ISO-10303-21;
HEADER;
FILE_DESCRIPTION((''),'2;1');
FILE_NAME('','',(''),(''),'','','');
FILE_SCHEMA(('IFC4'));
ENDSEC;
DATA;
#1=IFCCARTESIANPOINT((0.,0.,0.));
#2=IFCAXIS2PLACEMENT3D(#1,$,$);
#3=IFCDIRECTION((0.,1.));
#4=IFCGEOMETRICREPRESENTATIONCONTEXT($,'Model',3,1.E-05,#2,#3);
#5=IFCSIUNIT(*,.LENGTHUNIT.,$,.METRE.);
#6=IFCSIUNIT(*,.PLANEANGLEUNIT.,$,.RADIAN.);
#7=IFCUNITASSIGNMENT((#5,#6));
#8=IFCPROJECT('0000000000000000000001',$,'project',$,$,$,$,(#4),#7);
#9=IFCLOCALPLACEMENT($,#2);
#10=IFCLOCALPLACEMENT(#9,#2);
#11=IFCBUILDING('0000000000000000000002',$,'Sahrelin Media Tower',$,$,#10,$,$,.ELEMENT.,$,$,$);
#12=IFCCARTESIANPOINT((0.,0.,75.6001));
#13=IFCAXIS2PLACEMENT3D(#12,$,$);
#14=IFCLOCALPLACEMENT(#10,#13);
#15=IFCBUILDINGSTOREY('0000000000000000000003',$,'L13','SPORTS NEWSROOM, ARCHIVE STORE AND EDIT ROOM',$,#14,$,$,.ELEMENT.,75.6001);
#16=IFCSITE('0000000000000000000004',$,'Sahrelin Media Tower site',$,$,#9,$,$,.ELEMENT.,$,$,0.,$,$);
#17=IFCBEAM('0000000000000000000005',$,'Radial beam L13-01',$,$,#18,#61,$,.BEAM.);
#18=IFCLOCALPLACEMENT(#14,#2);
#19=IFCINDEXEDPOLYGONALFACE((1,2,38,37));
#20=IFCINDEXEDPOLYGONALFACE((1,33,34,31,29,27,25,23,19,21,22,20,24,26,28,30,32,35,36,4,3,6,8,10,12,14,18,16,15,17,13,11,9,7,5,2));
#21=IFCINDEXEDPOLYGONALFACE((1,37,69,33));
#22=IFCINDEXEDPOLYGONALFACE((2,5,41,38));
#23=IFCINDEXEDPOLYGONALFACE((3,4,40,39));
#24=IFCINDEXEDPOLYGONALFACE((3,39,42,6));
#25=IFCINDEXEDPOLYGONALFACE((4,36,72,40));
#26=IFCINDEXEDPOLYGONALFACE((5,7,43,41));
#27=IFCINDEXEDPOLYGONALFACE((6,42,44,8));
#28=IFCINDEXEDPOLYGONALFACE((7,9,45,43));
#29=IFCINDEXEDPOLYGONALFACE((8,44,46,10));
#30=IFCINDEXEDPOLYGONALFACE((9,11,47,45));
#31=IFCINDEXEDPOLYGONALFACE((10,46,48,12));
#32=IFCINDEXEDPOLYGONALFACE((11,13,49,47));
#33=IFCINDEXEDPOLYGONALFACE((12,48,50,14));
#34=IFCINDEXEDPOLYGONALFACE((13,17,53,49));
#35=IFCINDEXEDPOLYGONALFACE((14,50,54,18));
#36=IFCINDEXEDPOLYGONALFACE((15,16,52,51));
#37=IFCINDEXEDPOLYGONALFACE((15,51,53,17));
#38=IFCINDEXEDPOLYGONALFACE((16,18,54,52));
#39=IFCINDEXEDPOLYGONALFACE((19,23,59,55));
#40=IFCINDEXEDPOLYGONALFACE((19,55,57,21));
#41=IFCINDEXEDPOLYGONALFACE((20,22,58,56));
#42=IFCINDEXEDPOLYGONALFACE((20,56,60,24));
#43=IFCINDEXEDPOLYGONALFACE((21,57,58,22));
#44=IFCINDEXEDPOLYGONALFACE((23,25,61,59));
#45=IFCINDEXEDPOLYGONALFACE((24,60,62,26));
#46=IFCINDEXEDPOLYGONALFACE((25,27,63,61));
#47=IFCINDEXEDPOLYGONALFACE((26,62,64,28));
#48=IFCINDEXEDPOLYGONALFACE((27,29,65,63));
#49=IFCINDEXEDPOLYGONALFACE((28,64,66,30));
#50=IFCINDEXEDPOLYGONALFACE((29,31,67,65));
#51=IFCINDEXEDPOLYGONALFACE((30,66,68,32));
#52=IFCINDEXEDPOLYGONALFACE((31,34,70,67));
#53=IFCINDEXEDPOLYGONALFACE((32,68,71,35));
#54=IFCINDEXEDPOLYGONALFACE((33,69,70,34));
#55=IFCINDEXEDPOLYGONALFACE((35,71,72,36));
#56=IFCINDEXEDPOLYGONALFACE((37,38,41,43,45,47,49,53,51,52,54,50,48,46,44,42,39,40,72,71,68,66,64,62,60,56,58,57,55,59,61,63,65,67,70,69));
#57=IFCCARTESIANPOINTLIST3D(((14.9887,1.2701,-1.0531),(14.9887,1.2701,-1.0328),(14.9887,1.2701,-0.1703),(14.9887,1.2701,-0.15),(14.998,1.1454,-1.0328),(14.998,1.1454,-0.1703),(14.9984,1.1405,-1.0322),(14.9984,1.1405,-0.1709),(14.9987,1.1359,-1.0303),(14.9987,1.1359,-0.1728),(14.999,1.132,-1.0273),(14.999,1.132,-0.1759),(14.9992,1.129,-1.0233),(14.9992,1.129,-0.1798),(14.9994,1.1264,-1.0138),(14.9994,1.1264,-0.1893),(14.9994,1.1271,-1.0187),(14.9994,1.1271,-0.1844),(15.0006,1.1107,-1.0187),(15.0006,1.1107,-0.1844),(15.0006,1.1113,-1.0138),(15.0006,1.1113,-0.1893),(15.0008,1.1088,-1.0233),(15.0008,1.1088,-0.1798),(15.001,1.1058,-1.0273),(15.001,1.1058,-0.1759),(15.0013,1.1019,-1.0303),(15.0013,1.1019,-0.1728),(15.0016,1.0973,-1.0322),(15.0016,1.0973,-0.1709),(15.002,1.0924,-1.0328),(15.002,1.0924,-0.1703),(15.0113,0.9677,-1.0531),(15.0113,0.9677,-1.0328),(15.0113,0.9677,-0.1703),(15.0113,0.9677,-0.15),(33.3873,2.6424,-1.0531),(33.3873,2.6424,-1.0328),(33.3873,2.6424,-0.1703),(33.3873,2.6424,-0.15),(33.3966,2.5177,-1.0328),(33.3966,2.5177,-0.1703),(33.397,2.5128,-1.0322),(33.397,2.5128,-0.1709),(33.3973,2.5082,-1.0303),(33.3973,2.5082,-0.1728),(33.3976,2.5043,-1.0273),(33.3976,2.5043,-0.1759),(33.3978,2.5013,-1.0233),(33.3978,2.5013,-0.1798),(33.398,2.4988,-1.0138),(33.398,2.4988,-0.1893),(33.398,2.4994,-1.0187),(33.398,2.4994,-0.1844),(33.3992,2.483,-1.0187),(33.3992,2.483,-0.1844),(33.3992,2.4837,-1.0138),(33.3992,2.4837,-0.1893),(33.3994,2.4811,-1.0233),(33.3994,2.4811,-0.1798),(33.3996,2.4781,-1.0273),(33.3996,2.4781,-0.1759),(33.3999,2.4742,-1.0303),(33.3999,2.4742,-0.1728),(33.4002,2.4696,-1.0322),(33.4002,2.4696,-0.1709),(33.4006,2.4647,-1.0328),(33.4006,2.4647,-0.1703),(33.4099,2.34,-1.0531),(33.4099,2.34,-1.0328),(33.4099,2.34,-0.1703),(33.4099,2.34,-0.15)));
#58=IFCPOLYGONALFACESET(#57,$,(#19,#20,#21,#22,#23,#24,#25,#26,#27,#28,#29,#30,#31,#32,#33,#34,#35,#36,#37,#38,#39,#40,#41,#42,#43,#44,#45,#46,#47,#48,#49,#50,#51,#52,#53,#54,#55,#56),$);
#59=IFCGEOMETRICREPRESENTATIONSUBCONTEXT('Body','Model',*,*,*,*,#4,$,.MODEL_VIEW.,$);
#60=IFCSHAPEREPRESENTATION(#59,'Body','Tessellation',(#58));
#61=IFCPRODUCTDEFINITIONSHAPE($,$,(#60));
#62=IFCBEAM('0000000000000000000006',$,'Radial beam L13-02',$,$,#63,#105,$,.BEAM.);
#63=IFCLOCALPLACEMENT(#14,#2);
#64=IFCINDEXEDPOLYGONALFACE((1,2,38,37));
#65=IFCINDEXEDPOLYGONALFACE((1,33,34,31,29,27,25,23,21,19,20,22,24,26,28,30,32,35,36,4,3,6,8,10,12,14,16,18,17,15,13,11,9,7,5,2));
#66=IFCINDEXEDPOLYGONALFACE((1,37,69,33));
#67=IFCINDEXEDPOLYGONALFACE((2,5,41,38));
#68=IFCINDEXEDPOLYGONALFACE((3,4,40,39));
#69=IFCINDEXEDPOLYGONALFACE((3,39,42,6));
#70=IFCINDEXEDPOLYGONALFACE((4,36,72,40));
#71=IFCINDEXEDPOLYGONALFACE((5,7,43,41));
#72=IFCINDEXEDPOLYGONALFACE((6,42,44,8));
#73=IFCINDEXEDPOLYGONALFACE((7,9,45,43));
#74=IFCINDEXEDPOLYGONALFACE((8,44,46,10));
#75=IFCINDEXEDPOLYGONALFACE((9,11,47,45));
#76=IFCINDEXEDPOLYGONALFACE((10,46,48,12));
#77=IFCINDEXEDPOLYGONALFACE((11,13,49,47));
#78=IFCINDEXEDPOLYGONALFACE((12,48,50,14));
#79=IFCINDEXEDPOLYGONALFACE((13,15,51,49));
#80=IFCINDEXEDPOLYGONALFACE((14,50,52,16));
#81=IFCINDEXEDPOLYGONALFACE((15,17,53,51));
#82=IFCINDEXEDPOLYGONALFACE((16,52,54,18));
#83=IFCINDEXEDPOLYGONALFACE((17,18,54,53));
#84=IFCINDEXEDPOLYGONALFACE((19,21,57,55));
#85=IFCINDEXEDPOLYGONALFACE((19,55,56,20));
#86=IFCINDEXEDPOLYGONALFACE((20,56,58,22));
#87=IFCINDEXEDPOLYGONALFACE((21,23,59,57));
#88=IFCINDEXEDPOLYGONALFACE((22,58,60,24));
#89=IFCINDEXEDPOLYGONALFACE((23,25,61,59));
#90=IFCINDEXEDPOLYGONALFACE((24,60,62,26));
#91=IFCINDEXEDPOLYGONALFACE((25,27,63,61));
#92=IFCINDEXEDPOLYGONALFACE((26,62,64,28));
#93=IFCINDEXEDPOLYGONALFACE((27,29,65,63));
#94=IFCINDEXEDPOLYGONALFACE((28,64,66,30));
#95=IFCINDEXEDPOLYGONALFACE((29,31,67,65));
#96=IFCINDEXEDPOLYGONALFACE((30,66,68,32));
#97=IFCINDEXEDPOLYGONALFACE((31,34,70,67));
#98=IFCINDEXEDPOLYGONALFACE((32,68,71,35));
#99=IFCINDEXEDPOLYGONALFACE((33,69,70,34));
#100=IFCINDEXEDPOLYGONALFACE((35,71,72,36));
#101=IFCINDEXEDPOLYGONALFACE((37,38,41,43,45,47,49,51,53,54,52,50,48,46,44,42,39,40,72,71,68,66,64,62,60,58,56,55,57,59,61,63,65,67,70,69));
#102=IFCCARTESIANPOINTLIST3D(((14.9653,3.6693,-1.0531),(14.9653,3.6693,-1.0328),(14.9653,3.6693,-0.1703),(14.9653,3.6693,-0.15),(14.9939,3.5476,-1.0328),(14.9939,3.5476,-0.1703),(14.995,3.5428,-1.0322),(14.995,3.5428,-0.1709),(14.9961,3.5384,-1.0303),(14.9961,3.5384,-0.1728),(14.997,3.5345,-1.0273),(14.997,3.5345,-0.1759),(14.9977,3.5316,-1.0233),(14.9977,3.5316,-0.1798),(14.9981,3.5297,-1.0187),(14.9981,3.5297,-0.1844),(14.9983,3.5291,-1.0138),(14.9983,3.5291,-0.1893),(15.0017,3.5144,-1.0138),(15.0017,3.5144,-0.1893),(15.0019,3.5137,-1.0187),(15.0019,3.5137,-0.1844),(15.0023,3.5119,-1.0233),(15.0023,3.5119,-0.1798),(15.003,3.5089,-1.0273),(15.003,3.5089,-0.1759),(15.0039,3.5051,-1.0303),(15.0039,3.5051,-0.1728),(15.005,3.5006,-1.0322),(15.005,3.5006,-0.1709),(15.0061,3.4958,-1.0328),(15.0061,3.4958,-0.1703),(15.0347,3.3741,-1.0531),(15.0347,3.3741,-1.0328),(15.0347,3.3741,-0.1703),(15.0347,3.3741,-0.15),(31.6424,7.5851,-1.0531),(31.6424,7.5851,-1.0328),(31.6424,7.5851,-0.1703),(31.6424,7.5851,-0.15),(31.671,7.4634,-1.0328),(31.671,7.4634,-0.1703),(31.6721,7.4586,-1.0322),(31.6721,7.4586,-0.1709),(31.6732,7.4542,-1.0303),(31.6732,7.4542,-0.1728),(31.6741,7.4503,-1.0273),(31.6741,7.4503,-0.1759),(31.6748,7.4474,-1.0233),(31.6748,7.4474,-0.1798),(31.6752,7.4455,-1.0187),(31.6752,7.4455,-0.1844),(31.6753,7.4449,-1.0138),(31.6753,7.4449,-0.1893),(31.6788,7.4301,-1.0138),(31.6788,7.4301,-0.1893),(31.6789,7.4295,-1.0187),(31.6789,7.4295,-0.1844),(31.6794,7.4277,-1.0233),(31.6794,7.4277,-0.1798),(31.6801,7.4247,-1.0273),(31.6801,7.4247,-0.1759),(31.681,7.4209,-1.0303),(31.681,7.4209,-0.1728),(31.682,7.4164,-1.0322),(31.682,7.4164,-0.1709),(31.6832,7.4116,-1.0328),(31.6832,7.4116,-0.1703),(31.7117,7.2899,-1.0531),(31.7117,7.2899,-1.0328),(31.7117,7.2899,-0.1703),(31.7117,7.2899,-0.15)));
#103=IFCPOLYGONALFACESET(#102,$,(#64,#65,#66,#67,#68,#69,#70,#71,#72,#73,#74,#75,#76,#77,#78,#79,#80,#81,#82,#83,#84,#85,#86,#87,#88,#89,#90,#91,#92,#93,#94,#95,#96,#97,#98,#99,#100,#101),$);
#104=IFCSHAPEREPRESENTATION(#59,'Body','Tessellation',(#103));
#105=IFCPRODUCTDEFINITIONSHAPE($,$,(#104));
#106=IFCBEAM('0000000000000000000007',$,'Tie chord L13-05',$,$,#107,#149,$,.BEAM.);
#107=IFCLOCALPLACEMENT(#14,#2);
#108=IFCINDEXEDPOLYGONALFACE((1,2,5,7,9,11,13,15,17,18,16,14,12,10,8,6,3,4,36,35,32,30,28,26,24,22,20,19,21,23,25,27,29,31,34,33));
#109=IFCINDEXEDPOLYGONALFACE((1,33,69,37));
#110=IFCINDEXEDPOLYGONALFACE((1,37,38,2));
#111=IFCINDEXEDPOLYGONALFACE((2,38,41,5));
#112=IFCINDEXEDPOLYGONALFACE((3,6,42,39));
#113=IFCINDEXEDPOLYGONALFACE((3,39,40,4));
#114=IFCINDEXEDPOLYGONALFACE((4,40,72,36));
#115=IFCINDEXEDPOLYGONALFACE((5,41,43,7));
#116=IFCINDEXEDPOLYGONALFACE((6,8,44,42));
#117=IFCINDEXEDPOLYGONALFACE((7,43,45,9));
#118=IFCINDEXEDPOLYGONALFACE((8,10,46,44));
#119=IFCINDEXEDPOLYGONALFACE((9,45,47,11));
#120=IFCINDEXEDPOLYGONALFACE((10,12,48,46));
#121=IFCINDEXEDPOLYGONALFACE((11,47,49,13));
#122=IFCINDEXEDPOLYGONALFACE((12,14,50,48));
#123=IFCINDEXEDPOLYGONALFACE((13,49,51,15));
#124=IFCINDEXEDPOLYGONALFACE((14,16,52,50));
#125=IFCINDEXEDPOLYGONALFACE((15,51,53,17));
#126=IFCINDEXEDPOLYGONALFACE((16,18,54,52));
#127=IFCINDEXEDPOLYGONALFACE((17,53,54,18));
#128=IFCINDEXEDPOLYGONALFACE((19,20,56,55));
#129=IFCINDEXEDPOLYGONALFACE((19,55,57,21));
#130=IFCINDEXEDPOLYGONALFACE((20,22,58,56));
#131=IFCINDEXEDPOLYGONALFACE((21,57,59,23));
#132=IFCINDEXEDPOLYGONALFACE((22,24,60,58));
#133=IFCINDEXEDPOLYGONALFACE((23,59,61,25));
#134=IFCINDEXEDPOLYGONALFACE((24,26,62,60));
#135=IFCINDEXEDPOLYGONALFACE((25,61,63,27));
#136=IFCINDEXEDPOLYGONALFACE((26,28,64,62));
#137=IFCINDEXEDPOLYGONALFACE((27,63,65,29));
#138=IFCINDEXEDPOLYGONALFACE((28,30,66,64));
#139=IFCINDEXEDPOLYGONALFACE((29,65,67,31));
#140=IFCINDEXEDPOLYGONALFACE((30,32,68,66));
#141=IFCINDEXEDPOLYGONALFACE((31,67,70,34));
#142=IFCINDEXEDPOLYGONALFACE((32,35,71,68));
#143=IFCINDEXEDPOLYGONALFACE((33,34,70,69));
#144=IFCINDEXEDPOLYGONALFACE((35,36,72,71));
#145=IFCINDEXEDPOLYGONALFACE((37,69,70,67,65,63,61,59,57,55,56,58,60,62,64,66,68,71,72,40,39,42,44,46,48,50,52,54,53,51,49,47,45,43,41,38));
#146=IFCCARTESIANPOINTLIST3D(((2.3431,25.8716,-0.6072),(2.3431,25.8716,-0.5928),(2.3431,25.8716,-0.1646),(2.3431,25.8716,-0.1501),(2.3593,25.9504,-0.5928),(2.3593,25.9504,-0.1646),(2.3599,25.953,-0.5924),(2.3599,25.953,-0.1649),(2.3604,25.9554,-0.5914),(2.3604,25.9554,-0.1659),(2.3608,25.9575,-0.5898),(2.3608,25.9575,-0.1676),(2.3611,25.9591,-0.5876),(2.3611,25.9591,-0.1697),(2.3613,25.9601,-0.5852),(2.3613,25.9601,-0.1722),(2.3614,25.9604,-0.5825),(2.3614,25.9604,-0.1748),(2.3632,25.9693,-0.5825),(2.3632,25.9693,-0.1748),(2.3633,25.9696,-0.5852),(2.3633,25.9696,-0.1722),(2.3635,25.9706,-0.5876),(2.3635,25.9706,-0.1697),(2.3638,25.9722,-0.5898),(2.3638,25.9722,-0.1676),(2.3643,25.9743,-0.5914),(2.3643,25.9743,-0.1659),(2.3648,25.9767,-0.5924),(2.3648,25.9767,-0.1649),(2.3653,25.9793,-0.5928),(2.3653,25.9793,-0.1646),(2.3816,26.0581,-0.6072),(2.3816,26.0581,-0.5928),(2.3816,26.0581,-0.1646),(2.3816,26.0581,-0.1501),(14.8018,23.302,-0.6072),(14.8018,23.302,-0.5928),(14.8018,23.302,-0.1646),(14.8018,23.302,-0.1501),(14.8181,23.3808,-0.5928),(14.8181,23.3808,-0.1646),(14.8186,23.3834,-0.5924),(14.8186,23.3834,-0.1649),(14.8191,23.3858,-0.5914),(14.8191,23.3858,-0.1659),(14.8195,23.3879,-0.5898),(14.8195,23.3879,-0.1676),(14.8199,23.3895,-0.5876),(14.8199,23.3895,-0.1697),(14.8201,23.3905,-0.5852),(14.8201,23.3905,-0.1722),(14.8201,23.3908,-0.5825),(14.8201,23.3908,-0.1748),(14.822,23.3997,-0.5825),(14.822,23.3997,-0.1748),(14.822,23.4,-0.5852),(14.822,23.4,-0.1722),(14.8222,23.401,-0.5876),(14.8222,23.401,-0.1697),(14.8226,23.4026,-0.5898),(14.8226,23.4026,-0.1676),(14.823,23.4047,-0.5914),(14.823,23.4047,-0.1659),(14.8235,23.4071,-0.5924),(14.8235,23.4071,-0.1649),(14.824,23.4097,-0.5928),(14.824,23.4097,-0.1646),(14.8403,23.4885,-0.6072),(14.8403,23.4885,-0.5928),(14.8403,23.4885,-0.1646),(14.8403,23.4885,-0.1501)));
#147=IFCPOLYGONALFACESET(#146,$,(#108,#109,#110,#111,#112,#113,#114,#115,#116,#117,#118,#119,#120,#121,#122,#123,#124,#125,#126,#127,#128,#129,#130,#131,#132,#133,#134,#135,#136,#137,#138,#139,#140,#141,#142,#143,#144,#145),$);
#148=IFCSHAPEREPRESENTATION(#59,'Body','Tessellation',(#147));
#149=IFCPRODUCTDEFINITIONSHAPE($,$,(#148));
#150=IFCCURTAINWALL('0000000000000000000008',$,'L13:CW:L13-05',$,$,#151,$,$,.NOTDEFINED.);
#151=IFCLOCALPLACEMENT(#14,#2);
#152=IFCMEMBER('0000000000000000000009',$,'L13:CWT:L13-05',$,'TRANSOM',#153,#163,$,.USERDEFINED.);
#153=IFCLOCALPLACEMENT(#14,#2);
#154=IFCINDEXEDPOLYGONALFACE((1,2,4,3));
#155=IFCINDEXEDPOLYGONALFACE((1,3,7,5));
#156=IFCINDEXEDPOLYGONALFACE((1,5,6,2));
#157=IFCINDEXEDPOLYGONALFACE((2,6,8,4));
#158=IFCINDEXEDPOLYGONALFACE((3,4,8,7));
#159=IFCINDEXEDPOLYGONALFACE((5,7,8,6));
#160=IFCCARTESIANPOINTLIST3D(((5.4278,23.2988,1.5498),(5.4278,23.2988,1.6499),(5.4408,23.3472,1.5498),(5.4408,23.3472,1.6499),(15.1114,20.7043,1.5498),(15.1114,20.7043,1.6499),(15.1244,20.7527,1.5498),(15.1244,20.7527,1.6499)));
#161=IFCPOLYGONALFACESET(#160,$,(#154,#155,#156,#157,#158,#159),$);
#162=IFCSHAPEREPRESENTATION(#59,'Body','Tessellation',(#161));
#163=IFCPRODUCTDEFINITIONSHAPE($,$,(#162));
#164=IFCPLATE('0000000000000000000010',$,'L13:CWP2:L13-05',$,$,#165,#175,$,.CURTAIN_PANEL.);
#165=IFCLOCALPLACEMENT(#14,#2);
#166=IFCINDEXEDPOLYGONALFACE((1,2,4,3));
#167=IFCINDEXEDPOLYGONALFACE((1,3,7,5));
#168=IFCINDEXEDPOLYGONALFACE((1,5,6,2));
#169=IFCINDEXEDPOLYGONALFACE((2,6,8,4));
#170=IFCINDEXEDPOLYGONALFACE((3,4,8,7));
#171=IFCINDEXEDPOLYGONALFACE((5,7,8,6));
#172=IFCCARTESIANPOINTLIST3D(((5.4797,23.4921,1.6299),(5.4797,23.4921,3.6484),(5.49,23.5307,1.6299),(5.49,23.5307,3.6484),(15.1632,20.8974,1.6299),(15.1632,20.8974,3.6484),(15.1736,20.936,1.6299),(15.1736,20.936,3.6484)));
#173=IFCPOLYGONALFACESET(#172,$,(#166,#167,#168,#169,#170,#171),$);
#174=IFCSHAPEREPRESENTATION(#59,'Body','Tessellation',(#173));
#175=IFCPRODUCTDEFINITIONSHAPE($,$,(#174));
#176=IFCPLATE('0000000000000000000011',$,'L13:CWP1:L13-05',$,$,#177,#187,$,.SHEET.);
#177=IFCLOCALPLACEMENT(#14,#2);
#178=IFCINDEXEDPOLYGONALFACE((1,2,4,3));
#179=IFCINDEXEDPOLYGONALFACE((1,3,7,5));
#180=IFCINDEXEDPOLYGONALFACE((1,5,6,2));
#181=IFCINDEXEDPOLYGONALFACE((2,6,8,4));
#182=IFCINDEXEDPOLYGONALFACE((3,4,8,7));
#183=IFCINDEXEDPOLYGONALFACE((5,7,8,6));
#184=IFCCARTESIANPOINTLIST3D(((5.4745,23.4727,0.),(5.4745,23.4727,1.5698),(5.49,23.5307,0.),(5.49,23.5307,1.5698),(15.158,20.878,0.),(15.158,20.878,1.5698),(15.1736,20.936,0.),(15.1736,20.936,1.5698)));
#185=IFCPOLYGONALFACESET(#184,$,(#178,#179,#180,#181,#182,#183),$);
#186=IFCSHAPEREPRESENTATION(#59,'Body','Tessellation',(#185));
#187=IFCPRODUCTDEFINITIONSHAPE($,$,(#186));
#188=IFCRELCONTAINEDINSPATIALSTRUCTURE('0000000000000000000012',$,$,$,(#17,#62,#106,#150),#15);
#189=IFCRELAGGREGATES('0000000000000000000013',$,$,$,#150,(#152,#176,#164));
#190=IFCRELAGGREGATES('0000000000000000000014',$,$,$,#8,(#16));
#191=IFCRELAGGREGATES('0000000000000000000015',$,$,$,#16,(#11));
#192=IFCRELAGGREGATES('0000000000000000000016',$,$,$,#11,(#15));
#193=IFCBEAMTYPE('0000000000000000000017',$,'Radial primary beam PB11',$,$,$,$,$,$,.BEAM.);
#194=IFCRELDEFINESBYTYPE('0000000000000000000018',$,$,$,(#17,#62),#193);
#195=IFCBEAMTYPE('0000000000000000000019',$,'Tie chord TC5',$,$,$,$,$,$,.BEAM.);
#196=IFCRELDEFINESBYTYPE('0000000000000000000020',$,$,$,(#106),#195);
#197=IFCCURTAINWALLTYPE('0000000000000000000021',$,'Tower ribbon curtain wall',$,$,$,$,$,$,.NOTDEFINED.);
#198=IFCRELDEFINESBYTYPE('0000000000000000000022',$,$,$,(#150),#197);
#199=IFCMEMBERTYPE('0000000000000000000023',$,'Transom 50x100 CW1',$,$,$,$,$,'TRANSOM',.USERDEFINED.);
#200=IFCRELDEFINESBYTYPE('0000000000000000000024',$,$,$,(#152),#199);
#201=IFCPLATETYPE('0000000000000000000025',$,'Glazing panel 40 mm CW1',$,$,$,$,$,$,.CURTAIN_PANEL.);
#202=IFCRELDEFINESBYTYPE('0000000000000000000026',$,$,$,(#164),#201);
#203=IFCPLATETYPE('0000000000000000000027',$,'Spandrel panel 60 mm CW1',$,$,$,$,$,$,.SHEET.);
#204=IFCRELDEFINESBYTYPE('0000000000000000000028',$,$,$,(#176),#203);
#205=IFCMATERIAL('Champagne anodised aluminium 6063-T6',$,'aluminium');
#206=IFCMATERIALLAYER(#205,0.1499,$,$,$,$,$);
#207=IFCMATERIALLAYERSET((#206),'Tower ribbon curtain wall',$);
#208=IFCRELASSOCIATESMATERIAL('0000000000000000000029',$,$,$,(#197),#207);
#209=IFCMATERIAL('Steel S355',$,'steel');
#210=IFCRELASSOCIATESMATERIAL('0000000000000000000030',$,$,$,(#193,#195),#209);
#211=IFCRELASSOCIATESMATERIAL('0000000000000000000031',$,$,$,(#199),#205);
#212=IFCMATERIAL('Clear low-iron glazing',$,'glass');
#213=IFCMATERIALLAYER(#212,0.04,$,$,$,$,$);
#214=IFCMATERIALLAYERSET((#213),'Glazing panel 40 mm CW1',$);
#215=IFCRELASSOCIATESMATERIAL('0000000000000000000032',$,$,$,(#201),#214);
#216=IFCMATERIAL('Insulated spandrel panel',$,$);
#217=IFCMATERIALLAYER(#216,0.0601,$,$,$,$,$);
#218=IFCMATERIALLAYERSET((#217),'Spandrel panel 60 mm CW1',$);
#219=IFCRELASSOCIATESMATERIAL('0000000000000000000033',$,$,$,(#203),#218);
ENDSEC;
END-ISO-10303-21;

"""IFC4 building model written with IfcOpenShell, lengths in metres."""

from ifc_helpers import new_model, si_unit, direction, frame, origin, origin_2d, place, context, subcontext, project, spatial, polyline, rectangle, i_section, outline, extrude, material, layer, layer_set, material_profile, profile_set, type_object, element, aggregate, save


model = new_model("IFC4")

# Units and contexts
model_context = context("Model", 3, precision=1e-05, world=origin(), true_north=direction((0.0, 1.0)))
body_context = subcontext(model_context, "Body", "Model", "MODEL_VIEW")
ifc_project = project(units=[si_unit("LENGTHUNIT", "METRE"), si_unit("PLANEANGLEUNIT", "RADIAN")], contexts=[model_context])

# Site, building, storey
site_placement = place(None, origin())
site = spatial("IfcSite", under=ifc_project, at=site_placement, Name="Sahrelin Media Tower site", CompositionType="ELEMENT", RefElevation=0.0)
building_placement = place(site_placement, origin())
building = spatial("IfcBuilding", under=site, at=building_placement, Name="Sahrelin Media Tower", CompositionType="ELEMENT")
storey_placement = place(building_placement, frame((0.0, 0.0, 75.6001)))
storey = spatial("IfcBuildingStorey", under=building, at=storey_placement, Name="L13", Description="SPORTS NEWSROOM, ARCHIVE STORE AND EDIT ROOM", CompositionType="ELEMENT", Elevation=75.6001)

# Shared definitions
ifc_material_1 = material(Name="Steel S355", Category="steel")

# Shared definitions
ifc_material_2 = material(Name="Champagne anodised aluminium 6063-T6", Category="aluminium")
ifc_layer_1 = layer(ifc_material_2, 0.1499)
ifc_layer_set_1 = layer_set([ifc_layer_1], Name="Tower ribbon curtain wall")
curtain_wall_type = type_object("IfcCurtainWallType", Name="Tower ribbon curtain wall", PredefinedType="NOTDEFINED", material=ifc_layer_set_1)

# Beams
ifc_material_profile_1 = material_profile(ifc_material_1, i_section(OverallWidth=0.3032, OverallDepth=0.9031, WebThickness=0.0151, FlangeThickness=0.0203, FilletRadius=0.019, at=origin_2d()), Name="UB 914x305x201")
ifc_profile_set_1 = profile_set([ifc_material_profile_1], Name="Steel S355")
beam_type_1 = type_object("IfcBeamType", Name="Radial primary beam PB11", PredefinedType="BEAM", material=ifc_profile_set_1)
beam_1_placement = place(storey_placement, frame((15.0, 1.1189, -0.6016), z_axis=(0.99723, 0.074381, 0.0), x_axis=(-0.074381, 0.99723, 0.0)))
element("IfcBeam", 1, at=beam_1_placement, inside=storey, type_object=beam_type_1, Name="Radial beam L13-01", PredefinedType="BEAM", context=body_context, shape_type="SweptSolid", body=[
    extrude(i_section(OverallWidth=0.3032, OverallDepth=0.9031, WebThickness=0.0151, FlangeThickness=0.0203, FilletRadius=0.019, at=origin_2d()), origin(), (0.0, 0.0, 1.0), 18.4497),
])
beam_2_placement = place(storey_placement, frame((15.0, 3.5217, -0.6016), z_axis=(0.973524, 0.228584, 0.0), x_axis=(-0.228584, 0.973524, 0.0)))
element("IfcBeam", 2, at=beam_2_placement, inside=storey, type_object=beam_type_1, Name="Radial beam L13-02", PredefinedType="BEAM", context=body_context, shape_type="SweptSolid", body=[
    extrude(i_section(OverallWidth=0.3032, OverallDepth=0.9031, WebThickness=0.0151, FlangeThickness=0.0203, FilletRadius=0.019, at=origin_2d()), origin(), (0.0, 0.0, 1.0), 17.1306),
])
ifc_material_profile_2 = material_profile(ifc_material_1, i_section(OverallWidth=0.1904, OverallDepth=0.457, WebThickness=0.009, FlangeThickness=0.0144, FilletRadius=0.0103, at=origin_2d()), Name="UB 457x191x74")
ifc_profile_set_2 = profile_set([ifc_material_profile_2], Name="Steel S355")
beam_type_2 = type_object("IfcBeamType", Name="Tie chord TC5", PredefinedType="BEAM", material=ifc_profile_set_2)
beam_3_placement = place(storey_placement, frame((14.821, 23.3953, -0.3787), z_axis=(-0.979386, 0.201996, 0.0), x_axis=(-0.201996, -0.979386, 0.0)))
element("IfcBeam", 3, at=beam_3_placement, inside=storey, type_object=beam_type_2, Name="Tie chord L13-05", PredefinedType="BEAM", context=body_context, shape_type="SweptSolid", body=[
    extrude(i_section(OverallWidth=0.1904, OverallDepth=0.457, WebThickness=0.009, FlangeThickness=0.0144, FilletRadius=0.0103, at=origin_2d()), origin(), (0.0, 0.0, 1.0), 12.7209),
])

# Curtain wall, member, plates
curtain_wall_1_placement = place(storey_placement, frame((10.3264, 22.2141, 0.0), z_axis=(0.0, 0.0, 1.0), x_axis=(1.0, 0.0, 0.0)))
curtain_wall_1 = element("IfcCurtainWall", 4, at=curtain_wall_1_placement, inside=storey, type_object=curtain_wall_type, Name="L13:CW:L13-05", PredefinedType="NOTDEFINED")
ifc_material_profile_3 = material_profile(ifc_material_2, rectangle(XDim=0.05, YDim=0.1001, at=origin_2d()), Name="Transom 50x100")
ifc_profile_set_3 = profile_set([ifc_material_profile_3], Name="Champagne anodised aluminium 6063-T6")
member_type_1 = type_object("IfcMemberType", Name="Transom 50x100 CW1", ElementType="TRANSOM", PredefinedType="USERDEFINED", material=ifc_profile_set_3)
member_1_placement = place(storey_placement, frame((15.1179, 20.7285, 1.5999), z_axis=(-0.965932, 0.258798, 0.0), x_axis=(-0.258798, -0.965932, 0.0)))
member_1 = element("IfcMember", 5, at=member_1_placement, type_object=member_type_1, Name="L13:CWT:L13-05", ObjectType="TRANSOM", PredefinedType="USERDEFINED", context=body_context, shape_type="SweptSolid", body=[
    extrude(rectangle(XDim=0.05, YDim=0.1001, at=origin_2d()), origin(), (0.0, 0.0, 1.0), 10.0251),
])
ifc_material_3 = material(Name="Clear low-iron glazing", Category="glass")
ifc_layer_2 = layer(ifc_material_3, 0.04)
ifc_layer_set_2 = layer_set([ifc_layer_2], Name="Glazing panel 40 mm CW1")
plate_type_1 = type_object("IfcPlateType", Name="Glazing panel 40 mm CW1", PredefinedType="CURTAIN_PANEL", material=ifc_layer_set_2)
plate_1_placement = place(storey_placement, frame((15.1736, 20.936, 1.6299), z_axis=(0.25882, 0.965925, 0.0), x_axis=(-0.965925, 0.25882, 0.0)))
plate_1 = element("IfcPlate", 6, at=plate_1_placement, type_object=plate_type_1, Name="L13:CWP2:L13-05", PredefinedType="CURTAIN_PANEL", context=body_context, shape_type="SweptSolid", body=[
    extrude(outline(polyline([(0.0, 0.0), (10.0251, 0.0), (10.0251, 2.0186), (0.0, 2.0186), (0.0, 0.0)])), origin(), (0.0, 0.0, -1.0), 0.04),
])
ifc_material_4 = material(Name="Insulated spandrel panel")
ifc_layer_3 = layer(ifc_material_4, 0.0601)
ifc_layer_set_3 = layer_set([ifc_layer_3], Name="Spandrel panel 60 mm CW1")
plate_type_2 = type_object("IfcPlateType", Name="Spandrel panel 60 mm CW1", PredefinedType="SHEET", material=ifc_layer_set_3)
plate_2_placement = place(storey_placement, frame((15.1736, 20.936, 0.0), z_axis=(0.25882, 0.965925, 0.0), x_axis=(-0.965925, 0.25882, 0.0)))
plate_2 = element("IfcPlate", 7, at=plate_2_placement, type_object=plate_type_2, Name="L13:CWP1:L13-05", PredefinedType="SHEET", context=body_context, shape_type="SweptSolid", body=[
    extrude(outline(polyline([(0.0, 0.0), (10.0251, 0.0), (10.0251, 1.5698), (0.0, 1.5698), (0.0, 0.0)])), origin(), (0.0, 0.0, -1.0), 0.0601),
])
aggregate(curtain_wall_1, [member_1, plate_2, plate_1])

save(model, "model.ifc")
